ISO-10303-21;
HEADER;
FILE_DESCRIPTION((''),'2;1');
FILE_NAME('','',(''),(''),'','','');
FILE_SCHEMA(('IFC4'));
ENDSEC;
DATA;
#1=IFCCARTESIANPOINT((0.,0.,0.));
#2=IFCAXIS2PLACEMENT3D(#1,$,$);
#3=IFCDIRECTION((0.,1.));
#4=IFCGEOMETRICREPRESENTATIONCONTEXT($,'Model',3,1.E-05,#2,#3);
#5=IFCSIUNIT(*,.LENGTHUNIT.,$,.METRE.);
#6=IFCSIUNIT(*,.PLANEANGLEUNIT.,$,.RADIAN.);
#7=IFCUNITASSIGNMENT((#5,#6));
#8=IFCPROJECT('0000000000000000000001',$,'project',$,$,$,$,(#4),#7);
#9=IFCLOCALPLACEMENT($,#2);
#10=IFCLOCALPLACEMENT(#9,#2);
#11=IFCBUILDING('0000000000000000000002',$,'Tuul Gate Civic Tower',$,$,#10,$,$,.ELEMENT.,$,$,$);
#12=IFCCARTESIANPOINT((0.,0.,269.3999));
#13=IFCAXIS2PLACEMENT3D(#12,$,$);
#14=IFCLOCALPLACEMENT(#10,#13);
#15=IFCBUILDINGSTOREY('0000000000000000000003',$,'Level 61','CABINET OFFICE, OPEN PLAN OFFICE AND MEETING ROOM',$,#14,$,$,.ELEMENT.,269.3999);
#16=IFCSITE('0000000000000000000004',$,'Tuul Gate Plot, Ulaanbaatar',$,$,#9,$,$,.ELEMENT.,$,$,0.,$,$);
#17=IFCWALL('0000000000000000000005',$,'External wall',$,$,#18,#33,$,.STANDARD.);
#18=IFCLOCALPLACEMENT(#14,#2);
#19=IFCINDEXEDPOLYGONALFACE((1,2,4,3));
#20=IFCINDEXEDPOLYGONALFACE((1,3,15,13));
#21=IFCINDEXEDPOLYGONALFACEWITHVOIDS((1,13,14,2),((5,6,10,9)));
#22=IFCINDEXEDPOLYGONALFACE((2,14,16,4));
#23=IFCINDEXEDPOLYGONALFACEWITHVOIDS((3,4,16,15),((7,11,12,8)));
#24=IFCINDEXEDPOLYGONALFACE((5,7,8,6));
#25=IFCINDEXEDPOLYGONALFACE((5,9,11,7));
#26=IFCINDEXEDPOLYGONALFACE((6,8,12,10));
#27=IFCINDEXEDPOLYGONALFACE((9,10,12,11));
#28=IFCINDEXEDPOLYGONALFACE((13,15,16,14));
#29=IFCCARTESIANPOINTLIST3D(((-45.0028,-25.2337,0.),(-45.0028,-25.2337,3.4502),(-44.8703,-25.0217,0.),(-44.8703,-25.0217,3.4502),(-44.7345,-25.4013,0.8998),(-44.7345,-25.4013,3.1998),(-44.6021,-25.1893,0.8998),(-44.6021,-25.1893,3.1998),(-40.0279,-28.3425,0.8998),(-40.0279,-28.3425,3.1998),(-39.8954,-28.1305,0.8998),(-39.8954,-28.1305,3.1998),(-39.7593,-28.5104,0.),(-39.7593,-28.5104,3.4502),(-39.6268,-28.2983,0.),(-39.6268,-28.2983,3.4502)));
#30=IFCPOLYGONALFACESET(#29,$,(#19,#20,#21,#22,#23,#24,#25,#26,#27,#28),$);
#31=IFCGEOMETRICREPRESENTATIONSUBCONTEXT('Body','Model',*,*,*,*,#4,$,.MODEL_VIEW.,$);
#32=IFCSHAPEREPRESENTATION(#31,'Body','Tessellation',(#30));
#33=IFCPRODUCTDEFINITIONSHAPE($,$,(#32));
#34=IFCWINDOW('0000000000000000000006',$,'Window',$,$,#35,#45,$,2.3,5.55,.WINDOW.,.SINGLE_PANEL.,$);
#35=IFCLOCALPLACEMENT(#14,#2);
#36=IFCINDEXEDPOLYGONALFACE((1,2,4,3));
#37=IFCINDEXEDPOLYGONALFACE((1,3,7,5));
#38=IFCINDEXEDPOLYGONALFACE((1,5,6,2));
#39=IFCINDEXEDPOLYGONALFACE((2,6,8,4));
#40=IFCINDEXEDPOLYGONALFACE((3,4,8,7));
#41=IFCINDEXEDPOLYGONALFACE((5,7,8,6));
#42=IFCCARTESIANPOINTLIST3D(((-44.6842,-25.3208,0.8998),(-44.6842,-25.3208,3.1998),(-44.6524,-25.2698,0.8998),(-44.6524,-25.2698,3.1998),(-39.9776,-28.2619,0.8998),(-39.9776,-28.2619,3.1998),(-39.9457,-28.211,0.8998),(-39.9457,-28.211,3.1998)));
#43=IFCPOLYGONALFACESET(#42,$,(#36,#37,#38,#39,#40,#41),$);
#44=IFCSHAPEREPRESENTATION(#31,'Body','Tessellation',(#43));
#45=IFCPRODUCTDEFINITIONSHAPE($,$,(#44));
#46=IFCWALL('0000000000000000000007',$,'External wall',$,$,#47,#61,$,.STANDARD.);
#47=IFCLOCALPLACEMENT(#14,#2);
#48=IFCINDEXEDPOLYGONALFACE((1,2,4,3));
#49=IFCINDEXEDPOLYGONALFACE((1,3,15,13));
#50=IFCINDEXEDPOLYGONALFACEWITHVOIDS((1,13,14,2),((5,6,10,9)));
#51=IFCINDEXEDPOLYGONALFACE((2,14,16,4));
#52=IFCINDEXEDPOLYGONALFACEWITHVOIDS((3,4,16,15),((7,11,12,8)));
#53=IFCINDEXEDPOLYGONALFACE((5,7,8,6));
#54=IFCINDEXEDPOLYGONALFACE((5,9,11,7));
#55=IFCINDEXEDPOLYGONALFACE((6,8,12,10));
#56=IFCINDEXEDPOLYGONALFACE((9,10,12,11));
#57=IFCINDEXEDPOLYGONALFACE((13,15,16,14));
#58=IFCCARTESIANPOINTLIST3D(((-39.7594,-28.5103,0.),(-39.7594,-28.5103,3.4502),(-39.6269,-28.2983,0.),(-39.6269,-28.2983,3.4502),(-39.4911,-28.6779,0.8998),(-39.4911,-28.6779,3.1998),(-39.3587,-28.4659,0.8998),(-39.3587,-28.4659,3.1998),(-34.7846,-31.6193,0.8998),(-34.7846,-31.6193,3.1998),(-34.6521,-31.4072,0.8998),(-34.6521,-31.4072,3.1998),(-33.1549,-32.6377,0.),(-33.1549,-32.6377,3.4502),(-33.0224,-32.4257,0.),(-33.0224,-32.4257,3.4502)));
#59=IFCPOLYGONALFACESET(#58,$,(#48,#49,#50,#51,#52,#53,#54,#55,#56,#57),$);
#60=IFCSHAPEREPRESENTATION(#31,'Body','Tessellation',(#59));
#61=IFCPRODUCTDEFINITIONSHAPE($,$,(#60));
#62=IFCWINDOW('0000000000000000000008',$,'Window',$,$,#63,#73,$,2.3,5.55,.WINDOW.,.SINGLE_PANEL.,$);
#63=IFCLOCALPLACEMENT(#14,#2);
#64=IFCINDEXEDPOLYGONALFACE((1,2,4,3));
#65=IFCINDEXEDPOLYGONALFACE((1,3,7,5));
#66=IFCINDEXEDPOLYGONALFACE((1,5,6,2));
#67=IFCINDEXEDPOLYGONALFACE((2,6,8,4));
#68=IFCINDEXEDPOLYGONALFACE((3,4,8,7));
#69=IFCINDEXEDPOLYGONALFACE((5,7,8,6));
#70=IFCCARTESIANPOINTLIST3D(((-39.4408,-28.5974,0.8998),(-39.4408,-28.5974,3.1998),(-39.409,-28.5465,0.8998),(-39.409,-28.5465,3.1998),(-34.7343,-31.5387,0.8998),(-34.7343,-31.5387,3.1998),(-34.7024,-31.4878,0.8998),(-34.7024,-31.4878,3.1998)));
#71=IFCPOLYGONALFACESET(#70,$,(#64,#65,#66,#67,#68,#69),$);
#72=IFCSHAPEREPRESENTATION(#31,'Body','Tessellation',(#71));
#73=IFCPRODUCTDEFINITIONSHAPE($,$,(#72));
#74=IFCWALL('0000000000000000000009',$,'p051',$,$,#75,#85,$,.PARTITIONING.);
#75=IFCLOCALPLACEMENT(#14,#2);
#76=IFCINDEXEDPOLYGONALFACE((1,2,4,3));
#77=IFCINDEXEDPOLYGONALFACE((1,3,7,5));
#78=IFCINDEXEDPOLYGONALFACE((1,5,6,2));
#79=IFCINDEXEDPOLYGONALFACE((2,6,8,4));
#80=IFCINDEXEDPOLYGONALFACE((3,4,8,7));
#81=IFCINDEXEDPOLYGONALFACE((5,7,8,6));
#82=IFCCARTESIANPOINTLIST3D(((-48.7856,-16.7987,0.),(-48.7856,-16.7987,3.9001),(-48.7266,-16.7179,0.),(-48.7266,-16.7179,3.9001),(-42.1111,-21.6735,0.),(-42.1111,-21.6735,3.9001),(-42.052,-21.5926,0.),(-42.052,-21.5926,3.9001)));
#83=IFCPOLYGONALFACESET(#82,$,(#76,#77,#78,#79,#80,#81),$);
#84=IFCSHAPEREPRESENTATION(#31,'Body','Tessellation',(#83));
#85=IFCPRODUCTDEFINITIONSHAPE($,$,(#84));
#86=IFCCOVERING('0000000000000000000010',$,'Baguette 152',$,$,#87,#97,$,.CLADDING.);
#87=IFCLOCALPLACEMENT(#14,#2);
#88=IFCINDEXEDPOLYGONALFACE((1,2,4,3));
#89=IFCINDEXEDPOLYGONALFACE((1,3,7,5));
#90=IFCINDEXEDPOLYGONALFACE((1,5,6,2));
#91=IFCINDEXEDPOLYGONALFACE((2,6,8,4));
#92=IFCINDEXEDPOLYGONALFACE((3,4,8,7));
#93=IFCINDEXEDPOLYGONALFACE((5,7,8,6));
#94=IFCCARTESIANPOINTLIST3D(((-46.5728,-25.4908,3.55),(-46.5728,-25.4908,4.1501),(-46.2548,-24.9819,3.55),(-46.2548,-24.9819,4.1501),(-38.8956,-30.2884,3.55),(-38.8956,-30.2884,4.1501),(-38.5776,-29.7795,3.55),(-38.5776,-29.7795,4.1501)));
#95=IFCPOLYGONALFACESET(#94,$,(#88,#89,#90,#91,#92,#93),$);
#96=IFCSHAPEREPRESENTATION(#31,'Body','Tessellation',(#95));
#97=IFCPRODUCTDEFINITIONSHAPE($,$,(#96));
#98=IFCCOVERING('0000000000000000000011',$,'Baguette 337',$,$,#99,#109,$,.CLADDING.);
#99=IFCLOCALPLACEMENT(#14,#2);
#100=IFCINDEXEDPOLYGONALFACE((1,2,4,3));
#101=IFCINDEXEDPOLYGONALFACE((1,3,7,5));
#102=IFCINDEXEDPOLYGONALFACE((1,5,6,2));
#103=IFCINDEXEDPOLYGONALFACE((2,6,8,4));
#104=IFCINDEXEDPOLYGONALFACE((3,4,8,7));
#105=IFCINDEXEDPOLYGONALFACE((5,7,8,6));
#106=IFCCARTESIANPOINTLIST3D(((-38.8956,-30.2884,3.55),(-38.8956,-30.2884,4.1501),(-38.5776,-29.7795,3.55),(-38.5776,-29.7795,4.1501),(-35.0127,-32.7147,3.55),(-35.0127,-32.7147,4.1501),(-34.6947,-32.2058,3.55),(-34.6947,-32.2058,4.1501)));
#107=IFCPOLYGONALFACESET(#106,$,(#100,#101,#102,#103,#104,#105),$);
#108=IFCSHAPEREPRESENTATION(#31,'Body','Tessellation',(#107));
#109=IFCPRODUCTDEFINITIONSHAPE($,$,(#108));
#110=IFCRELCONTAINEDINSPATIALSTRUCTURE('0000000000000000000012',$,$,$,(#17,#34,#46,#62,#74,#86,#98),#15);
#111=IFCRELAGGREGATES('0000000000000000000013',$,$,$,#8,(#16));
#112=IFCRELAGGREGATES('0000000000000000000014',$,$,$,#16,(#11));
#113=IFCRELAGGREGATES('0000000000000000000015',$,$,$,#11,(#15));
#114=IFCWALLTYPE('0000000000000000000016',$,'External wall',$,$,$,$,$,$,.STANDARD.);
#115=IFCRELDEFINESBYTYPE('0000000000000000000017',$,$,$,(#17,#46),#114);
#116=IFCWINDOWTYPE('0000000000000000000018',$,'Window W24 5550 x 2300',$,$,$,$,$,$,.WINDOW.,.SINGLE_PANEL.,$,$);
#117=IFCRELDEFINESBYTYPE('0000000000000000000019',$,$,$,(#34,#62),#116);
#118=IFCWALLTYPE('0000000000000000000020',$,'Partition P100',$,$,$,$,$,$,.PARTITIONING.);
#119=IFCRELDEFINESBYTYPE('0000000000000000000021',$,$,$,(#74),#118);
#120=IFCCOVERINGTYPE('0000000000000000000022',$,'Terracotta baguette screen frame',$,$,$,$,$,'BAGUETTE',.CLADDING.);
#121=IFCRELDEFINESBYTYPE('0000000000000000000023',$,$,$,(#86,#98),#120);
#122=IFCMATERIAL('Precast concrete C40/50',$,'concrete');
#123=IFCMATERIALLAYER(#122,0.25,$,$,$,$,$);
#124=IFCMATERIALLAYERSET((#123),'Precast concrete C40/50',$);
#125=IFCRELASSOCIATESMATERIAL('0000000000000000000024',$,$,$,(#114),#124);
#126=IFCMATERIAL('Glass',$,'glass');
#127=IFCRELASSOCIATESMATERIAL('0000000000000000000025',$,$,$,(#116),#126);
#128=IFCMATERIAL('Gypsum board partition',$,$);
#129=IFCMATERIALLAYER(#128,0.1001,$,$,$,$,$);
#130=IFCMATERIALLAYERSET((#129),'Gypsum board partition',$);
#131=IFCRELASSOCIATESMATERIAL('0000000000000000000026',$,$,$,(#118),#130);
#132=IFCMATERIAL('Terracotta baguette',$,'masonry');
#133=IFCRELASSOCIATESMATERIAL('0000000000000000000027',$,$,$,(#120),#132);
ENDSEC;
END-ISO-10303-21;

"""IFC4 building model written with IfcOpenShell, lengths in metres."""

from ifc_helpers import new_model, si_unit, direction, frame, frame_2d, origin, origin_2d, place, context, subcontext, project, spatial, rectangle, extrude, material, layer, layer_set, material_profile, profile_set, type_object, element, fill, save


model = new_model("IFC4")

# Units and contexts
model_context = context("Model", 3, precision=1e-05, world=origin(), true_north=direction((0.0, 1.0)))
body_context = subcontext(model_context, "Body", "Model", "MODEL_VIEW")
ifc_project = project(units=[si_unit("LENGTHUNIT", "METRE"), si_unit("PLANEANGLEUNIT", "RADIAN")], contexts=[model_context])

# Site, building, storey
site_placement = place(None, origin())
site = spatial("IfcSite", under=ifc_project, at=site_placement, Name="Tuul Gate Plot, Ulaanbaatar", CompositionType="ELEMENT", RefElevation=0.0)
building_placement = place(site_placement, origin())
building = spatial("IfcBuilding", under=site, at=building_placement, Name="Tuul Gate Civic Tower", CompositionType="ELEMENT")
storey_placement = place(building_placement, frame((0.0, 0.0, 269.3999)))
storey = spatial("IfcBuildingStorey", under=building, at=storey_placement, Name="Level 61", Description="CABINET OFFICE, OPEN PLAN OFFICE AND MEETING ROOM", CompositionType="ELEMENT", Elevation=269.3999)

# Shared definitions
ifc_material_1 = material(Name="Precast concrete C40/50", Category="concrete")
ifc_layer_1 = layer(ifc_material_1, 0.25)
ifc_layer_set_1 = layer_set([ifc_layer_1], Name="Precast concrete C40/50")
wall_type_1 = type_object("IfcWallType", Name="External wall", PredefinedType="STANDARD", material=ifc_layer_set_1)

# Walls, openings, windows
ifc_material_2 = material(Name="Glass", Category="glass")
window_type = type_object("IfcWindowType", Name="Window W24 5550 x 2300", PartitioningType="SINGLE_PANEL", PredefinedType="WINDOW", material=ifc_material_2)
wall_1_placement = place(storey_placement, frame((-44.9365, -25.1277, 0.0), z_axis=(0.0, 0.0, 1.0), x_axis=(0.848036, -0.529939, 0.0)))
wall_1 = element("IfcWall", 1, at=wall_1_placement, inside=storey, type_object=wall_type_1, Name="External wall", PredefinedType="STANDARD", context=body_context, shape_type="SweptSolid", body=[
    extrude(rectangle(XDim=6.1831, YDim=0.25, at=frame_2d((3.0916, 0.0))), origin(), (0.0, 0.0, 1.0), 3.4502),
])
opening_1_placement = place(wall_1_placement, frame((0.3164, 0.0, 0.8999)))
opening_1 = element("IfcOpeningElement", 2, at=opening_1_placement, cuts=wall_1, PredefinedType="OPENING", context=body_context, shape_type="SweptSolid", body=[
    extrude(rectangle(XDim=5.55, YDim=2.3, at=frame_2d((2.7749, 1.1499))), frame((0.0, 0.135, 0.0), z_axis=(0.0, -1.0, 0.0), x_axis=(1.0, 0.0, 0.0)), (0.0, 0.0, 1.0), 0.27),
])
window_1_placement = place(opening_1_placement, origin())
window_1 = element("IfcWindow", 3, at=window_1_placement, inside=storey, type_object=window_type, Name="Window", OverallHeight=2.3, OverallWidth=5.55, PartitioningType="SINGLE_PANEL", PredefinedType="WINDOW", context=body_context, shape_type="SweptSolid", body=[
    extrude(rectangle(XDim=5.55, YDim=2.3, at=frame_2d((2.7749, 1.1499))), frame((0.0, 0.03, 0.0), z_axis=(0.0, -1.0, 0.0), x_axis=(1.0, 0.0, 0.0)), (0.0, 0.0, 1.0), 0.0601),
])
fill(opening_1, window_1)
wall_2_placement = place(storey_placement, frame((-39.6931, -28.4043, 0.0), z_axis=(0.0, 0.0, 1.0), x_axis=(0.848019, -0.529965, 0.0)))
wall_2 = element("IfcWall", 4, at=wall_2_placement, inside=storey, type_object=wall_type_1, Name="External wall", PredefinedType="STANDARD", context=body_context, shape_type="SweptSolid", body=[
    extrude(rectangle(XDim=7.7881, YDim=0.25, at=frame_2d((3.894, 0.0))), origin(), (0.0, 0.0, 1.0), 3.4502),
])
opening_2_placement = place(wall_2_placement, frame((0.3164, 0.0, 0.8999)))
opening_2 = element("IfcOpeningElement", 5, at=opening_2_placement, cuts=wall_2, PredefinedType="OPENING", context=body_context, shape_type="SweptSolid", body=[
    extrude(rectangle(XDim=5.55, YDim=2.3, at=frame_2d((2.7749, 1.1499))), frame((0.0, 0.135, 0.0), z_axis=(0.0, -1.0, 0.0), x_axis=(1.0, 0.0, 0.0)), (0.0, 0.0, 1.0), 0.27),
])
window_2_placement = place(opening_2_placement, origin())
window_2 = element("IfcWindow", 6, at=window_2_placement, inside=storey, type_object=window_type, Name="Window", OverallHeight=2.3, OverallWidth=5.55, PartitioningType="SINGLE_PANEL", PredefinedType="WINDOW", context=body_context, shape_type="SweptSolid", body=[
    extrude(rectangle(XDim=5.55, YDim=2.3, at=frame_2d((2.7749, 1.1499))), frame((0.0, 0.03, 0.0), z_axis=(0.0, -1.0, 0.0), x_axis=(1.0, 0.0, 0.0)), (0.0, 0.0, 1.0), 0.0601),
])
fill(opening_2, window_2)

# Wall
ifc_material_3 = material(Name="Gypsum board partition")
ifc_layer_2 = layer(ifc_material_3, 0.1001)
ifc_layer_set_2 = layer_set([ifc_layer_2], Name="Gypsum board partition")
wall_type_2 = type_object("IfcWallType", Name="Partition P100", PredefinedType="PARTITIONING", material=ifc_layer_set_2)
wall_3_placement = place(storey_placement, frame((-48.7561, -16.7583, 0.0), z_axis=(0.0, 0.0, 1.0), x_axis=(0.807553, -0.589795, 0.0)))
element("IfcWall", 7, at=wall_3_placement, inside=storey, type_object=wall_type_2, Name="p051", PredefinedType="PARTITIONING", context=body_context, shape_type="SweptSolid", body=[
    extrude(rectangle(XDim=8.2651, YDim=0.1001, at=frame_2d((4.1326, 0.0))), origin(), (0.0, 0.0, 1.0), 3.9001),
])

# Coverings
ifc_material_4 = material(Name="Terracotta baguette", Category="masonry")
ifc_material_profile_1 = material_profile(ifc_material_4, rectangle(XDim=0.6001, YDim=0.6001, at=origin_2d()), Name="Terracotta baguette screen frame")
ifc_profile_set_1 = profile_set([ifc_material_profile_1], Name="Terracotta baguette")
covering_type = type_object("IfcCoveringType", Name="Terracotta baguette screen frame", ElementType="BAGUETTE", PredefinedType="CLADDING", material=ifc_profile_set_1)
covering_1_placement = place(storey_placement, frame((-46.4138, -25.2363, 3.8501), z_axis=(0.848032, -0.529946, 0.0), x_axis=(0.529946, 0.848032, 0.0)))
element("IfcCovering", 8, at=covering_1_placement, inside=storey, type_object=covering_type, Name="Baguette 152", PredefinedType="CLADDING", context=body_context, shape_type="SweptSolid", body=[
    extrude(rectangle(XDim=0.6001, YDim=0.6001, at=origin_2d()), origin(), (0.0, 0.0, 1.0), 9.053),
])
covering_2_placement = place(storey_placement, frame((-38.7366, -30.0339, 3.8501), z_axis=(0.848046, -0.529922, 0.0), x_axis=(0.529922, 0.848046, 0.0)))
element("IfcCovering", 9, at=covering_2_placement, inside=storey, type_object=covering_type, Name="Baguette 337", PredefinedType="CLADDING", context=body_context, shape_type="SweptSolid", body=[
    extrude(rectangle(XDim=0.6001, YDim=0.6001, at=origin_2d()), origin(), (0.0, 0.0, 1.0), 4.5786),
])

save(model, "model.ifc")
